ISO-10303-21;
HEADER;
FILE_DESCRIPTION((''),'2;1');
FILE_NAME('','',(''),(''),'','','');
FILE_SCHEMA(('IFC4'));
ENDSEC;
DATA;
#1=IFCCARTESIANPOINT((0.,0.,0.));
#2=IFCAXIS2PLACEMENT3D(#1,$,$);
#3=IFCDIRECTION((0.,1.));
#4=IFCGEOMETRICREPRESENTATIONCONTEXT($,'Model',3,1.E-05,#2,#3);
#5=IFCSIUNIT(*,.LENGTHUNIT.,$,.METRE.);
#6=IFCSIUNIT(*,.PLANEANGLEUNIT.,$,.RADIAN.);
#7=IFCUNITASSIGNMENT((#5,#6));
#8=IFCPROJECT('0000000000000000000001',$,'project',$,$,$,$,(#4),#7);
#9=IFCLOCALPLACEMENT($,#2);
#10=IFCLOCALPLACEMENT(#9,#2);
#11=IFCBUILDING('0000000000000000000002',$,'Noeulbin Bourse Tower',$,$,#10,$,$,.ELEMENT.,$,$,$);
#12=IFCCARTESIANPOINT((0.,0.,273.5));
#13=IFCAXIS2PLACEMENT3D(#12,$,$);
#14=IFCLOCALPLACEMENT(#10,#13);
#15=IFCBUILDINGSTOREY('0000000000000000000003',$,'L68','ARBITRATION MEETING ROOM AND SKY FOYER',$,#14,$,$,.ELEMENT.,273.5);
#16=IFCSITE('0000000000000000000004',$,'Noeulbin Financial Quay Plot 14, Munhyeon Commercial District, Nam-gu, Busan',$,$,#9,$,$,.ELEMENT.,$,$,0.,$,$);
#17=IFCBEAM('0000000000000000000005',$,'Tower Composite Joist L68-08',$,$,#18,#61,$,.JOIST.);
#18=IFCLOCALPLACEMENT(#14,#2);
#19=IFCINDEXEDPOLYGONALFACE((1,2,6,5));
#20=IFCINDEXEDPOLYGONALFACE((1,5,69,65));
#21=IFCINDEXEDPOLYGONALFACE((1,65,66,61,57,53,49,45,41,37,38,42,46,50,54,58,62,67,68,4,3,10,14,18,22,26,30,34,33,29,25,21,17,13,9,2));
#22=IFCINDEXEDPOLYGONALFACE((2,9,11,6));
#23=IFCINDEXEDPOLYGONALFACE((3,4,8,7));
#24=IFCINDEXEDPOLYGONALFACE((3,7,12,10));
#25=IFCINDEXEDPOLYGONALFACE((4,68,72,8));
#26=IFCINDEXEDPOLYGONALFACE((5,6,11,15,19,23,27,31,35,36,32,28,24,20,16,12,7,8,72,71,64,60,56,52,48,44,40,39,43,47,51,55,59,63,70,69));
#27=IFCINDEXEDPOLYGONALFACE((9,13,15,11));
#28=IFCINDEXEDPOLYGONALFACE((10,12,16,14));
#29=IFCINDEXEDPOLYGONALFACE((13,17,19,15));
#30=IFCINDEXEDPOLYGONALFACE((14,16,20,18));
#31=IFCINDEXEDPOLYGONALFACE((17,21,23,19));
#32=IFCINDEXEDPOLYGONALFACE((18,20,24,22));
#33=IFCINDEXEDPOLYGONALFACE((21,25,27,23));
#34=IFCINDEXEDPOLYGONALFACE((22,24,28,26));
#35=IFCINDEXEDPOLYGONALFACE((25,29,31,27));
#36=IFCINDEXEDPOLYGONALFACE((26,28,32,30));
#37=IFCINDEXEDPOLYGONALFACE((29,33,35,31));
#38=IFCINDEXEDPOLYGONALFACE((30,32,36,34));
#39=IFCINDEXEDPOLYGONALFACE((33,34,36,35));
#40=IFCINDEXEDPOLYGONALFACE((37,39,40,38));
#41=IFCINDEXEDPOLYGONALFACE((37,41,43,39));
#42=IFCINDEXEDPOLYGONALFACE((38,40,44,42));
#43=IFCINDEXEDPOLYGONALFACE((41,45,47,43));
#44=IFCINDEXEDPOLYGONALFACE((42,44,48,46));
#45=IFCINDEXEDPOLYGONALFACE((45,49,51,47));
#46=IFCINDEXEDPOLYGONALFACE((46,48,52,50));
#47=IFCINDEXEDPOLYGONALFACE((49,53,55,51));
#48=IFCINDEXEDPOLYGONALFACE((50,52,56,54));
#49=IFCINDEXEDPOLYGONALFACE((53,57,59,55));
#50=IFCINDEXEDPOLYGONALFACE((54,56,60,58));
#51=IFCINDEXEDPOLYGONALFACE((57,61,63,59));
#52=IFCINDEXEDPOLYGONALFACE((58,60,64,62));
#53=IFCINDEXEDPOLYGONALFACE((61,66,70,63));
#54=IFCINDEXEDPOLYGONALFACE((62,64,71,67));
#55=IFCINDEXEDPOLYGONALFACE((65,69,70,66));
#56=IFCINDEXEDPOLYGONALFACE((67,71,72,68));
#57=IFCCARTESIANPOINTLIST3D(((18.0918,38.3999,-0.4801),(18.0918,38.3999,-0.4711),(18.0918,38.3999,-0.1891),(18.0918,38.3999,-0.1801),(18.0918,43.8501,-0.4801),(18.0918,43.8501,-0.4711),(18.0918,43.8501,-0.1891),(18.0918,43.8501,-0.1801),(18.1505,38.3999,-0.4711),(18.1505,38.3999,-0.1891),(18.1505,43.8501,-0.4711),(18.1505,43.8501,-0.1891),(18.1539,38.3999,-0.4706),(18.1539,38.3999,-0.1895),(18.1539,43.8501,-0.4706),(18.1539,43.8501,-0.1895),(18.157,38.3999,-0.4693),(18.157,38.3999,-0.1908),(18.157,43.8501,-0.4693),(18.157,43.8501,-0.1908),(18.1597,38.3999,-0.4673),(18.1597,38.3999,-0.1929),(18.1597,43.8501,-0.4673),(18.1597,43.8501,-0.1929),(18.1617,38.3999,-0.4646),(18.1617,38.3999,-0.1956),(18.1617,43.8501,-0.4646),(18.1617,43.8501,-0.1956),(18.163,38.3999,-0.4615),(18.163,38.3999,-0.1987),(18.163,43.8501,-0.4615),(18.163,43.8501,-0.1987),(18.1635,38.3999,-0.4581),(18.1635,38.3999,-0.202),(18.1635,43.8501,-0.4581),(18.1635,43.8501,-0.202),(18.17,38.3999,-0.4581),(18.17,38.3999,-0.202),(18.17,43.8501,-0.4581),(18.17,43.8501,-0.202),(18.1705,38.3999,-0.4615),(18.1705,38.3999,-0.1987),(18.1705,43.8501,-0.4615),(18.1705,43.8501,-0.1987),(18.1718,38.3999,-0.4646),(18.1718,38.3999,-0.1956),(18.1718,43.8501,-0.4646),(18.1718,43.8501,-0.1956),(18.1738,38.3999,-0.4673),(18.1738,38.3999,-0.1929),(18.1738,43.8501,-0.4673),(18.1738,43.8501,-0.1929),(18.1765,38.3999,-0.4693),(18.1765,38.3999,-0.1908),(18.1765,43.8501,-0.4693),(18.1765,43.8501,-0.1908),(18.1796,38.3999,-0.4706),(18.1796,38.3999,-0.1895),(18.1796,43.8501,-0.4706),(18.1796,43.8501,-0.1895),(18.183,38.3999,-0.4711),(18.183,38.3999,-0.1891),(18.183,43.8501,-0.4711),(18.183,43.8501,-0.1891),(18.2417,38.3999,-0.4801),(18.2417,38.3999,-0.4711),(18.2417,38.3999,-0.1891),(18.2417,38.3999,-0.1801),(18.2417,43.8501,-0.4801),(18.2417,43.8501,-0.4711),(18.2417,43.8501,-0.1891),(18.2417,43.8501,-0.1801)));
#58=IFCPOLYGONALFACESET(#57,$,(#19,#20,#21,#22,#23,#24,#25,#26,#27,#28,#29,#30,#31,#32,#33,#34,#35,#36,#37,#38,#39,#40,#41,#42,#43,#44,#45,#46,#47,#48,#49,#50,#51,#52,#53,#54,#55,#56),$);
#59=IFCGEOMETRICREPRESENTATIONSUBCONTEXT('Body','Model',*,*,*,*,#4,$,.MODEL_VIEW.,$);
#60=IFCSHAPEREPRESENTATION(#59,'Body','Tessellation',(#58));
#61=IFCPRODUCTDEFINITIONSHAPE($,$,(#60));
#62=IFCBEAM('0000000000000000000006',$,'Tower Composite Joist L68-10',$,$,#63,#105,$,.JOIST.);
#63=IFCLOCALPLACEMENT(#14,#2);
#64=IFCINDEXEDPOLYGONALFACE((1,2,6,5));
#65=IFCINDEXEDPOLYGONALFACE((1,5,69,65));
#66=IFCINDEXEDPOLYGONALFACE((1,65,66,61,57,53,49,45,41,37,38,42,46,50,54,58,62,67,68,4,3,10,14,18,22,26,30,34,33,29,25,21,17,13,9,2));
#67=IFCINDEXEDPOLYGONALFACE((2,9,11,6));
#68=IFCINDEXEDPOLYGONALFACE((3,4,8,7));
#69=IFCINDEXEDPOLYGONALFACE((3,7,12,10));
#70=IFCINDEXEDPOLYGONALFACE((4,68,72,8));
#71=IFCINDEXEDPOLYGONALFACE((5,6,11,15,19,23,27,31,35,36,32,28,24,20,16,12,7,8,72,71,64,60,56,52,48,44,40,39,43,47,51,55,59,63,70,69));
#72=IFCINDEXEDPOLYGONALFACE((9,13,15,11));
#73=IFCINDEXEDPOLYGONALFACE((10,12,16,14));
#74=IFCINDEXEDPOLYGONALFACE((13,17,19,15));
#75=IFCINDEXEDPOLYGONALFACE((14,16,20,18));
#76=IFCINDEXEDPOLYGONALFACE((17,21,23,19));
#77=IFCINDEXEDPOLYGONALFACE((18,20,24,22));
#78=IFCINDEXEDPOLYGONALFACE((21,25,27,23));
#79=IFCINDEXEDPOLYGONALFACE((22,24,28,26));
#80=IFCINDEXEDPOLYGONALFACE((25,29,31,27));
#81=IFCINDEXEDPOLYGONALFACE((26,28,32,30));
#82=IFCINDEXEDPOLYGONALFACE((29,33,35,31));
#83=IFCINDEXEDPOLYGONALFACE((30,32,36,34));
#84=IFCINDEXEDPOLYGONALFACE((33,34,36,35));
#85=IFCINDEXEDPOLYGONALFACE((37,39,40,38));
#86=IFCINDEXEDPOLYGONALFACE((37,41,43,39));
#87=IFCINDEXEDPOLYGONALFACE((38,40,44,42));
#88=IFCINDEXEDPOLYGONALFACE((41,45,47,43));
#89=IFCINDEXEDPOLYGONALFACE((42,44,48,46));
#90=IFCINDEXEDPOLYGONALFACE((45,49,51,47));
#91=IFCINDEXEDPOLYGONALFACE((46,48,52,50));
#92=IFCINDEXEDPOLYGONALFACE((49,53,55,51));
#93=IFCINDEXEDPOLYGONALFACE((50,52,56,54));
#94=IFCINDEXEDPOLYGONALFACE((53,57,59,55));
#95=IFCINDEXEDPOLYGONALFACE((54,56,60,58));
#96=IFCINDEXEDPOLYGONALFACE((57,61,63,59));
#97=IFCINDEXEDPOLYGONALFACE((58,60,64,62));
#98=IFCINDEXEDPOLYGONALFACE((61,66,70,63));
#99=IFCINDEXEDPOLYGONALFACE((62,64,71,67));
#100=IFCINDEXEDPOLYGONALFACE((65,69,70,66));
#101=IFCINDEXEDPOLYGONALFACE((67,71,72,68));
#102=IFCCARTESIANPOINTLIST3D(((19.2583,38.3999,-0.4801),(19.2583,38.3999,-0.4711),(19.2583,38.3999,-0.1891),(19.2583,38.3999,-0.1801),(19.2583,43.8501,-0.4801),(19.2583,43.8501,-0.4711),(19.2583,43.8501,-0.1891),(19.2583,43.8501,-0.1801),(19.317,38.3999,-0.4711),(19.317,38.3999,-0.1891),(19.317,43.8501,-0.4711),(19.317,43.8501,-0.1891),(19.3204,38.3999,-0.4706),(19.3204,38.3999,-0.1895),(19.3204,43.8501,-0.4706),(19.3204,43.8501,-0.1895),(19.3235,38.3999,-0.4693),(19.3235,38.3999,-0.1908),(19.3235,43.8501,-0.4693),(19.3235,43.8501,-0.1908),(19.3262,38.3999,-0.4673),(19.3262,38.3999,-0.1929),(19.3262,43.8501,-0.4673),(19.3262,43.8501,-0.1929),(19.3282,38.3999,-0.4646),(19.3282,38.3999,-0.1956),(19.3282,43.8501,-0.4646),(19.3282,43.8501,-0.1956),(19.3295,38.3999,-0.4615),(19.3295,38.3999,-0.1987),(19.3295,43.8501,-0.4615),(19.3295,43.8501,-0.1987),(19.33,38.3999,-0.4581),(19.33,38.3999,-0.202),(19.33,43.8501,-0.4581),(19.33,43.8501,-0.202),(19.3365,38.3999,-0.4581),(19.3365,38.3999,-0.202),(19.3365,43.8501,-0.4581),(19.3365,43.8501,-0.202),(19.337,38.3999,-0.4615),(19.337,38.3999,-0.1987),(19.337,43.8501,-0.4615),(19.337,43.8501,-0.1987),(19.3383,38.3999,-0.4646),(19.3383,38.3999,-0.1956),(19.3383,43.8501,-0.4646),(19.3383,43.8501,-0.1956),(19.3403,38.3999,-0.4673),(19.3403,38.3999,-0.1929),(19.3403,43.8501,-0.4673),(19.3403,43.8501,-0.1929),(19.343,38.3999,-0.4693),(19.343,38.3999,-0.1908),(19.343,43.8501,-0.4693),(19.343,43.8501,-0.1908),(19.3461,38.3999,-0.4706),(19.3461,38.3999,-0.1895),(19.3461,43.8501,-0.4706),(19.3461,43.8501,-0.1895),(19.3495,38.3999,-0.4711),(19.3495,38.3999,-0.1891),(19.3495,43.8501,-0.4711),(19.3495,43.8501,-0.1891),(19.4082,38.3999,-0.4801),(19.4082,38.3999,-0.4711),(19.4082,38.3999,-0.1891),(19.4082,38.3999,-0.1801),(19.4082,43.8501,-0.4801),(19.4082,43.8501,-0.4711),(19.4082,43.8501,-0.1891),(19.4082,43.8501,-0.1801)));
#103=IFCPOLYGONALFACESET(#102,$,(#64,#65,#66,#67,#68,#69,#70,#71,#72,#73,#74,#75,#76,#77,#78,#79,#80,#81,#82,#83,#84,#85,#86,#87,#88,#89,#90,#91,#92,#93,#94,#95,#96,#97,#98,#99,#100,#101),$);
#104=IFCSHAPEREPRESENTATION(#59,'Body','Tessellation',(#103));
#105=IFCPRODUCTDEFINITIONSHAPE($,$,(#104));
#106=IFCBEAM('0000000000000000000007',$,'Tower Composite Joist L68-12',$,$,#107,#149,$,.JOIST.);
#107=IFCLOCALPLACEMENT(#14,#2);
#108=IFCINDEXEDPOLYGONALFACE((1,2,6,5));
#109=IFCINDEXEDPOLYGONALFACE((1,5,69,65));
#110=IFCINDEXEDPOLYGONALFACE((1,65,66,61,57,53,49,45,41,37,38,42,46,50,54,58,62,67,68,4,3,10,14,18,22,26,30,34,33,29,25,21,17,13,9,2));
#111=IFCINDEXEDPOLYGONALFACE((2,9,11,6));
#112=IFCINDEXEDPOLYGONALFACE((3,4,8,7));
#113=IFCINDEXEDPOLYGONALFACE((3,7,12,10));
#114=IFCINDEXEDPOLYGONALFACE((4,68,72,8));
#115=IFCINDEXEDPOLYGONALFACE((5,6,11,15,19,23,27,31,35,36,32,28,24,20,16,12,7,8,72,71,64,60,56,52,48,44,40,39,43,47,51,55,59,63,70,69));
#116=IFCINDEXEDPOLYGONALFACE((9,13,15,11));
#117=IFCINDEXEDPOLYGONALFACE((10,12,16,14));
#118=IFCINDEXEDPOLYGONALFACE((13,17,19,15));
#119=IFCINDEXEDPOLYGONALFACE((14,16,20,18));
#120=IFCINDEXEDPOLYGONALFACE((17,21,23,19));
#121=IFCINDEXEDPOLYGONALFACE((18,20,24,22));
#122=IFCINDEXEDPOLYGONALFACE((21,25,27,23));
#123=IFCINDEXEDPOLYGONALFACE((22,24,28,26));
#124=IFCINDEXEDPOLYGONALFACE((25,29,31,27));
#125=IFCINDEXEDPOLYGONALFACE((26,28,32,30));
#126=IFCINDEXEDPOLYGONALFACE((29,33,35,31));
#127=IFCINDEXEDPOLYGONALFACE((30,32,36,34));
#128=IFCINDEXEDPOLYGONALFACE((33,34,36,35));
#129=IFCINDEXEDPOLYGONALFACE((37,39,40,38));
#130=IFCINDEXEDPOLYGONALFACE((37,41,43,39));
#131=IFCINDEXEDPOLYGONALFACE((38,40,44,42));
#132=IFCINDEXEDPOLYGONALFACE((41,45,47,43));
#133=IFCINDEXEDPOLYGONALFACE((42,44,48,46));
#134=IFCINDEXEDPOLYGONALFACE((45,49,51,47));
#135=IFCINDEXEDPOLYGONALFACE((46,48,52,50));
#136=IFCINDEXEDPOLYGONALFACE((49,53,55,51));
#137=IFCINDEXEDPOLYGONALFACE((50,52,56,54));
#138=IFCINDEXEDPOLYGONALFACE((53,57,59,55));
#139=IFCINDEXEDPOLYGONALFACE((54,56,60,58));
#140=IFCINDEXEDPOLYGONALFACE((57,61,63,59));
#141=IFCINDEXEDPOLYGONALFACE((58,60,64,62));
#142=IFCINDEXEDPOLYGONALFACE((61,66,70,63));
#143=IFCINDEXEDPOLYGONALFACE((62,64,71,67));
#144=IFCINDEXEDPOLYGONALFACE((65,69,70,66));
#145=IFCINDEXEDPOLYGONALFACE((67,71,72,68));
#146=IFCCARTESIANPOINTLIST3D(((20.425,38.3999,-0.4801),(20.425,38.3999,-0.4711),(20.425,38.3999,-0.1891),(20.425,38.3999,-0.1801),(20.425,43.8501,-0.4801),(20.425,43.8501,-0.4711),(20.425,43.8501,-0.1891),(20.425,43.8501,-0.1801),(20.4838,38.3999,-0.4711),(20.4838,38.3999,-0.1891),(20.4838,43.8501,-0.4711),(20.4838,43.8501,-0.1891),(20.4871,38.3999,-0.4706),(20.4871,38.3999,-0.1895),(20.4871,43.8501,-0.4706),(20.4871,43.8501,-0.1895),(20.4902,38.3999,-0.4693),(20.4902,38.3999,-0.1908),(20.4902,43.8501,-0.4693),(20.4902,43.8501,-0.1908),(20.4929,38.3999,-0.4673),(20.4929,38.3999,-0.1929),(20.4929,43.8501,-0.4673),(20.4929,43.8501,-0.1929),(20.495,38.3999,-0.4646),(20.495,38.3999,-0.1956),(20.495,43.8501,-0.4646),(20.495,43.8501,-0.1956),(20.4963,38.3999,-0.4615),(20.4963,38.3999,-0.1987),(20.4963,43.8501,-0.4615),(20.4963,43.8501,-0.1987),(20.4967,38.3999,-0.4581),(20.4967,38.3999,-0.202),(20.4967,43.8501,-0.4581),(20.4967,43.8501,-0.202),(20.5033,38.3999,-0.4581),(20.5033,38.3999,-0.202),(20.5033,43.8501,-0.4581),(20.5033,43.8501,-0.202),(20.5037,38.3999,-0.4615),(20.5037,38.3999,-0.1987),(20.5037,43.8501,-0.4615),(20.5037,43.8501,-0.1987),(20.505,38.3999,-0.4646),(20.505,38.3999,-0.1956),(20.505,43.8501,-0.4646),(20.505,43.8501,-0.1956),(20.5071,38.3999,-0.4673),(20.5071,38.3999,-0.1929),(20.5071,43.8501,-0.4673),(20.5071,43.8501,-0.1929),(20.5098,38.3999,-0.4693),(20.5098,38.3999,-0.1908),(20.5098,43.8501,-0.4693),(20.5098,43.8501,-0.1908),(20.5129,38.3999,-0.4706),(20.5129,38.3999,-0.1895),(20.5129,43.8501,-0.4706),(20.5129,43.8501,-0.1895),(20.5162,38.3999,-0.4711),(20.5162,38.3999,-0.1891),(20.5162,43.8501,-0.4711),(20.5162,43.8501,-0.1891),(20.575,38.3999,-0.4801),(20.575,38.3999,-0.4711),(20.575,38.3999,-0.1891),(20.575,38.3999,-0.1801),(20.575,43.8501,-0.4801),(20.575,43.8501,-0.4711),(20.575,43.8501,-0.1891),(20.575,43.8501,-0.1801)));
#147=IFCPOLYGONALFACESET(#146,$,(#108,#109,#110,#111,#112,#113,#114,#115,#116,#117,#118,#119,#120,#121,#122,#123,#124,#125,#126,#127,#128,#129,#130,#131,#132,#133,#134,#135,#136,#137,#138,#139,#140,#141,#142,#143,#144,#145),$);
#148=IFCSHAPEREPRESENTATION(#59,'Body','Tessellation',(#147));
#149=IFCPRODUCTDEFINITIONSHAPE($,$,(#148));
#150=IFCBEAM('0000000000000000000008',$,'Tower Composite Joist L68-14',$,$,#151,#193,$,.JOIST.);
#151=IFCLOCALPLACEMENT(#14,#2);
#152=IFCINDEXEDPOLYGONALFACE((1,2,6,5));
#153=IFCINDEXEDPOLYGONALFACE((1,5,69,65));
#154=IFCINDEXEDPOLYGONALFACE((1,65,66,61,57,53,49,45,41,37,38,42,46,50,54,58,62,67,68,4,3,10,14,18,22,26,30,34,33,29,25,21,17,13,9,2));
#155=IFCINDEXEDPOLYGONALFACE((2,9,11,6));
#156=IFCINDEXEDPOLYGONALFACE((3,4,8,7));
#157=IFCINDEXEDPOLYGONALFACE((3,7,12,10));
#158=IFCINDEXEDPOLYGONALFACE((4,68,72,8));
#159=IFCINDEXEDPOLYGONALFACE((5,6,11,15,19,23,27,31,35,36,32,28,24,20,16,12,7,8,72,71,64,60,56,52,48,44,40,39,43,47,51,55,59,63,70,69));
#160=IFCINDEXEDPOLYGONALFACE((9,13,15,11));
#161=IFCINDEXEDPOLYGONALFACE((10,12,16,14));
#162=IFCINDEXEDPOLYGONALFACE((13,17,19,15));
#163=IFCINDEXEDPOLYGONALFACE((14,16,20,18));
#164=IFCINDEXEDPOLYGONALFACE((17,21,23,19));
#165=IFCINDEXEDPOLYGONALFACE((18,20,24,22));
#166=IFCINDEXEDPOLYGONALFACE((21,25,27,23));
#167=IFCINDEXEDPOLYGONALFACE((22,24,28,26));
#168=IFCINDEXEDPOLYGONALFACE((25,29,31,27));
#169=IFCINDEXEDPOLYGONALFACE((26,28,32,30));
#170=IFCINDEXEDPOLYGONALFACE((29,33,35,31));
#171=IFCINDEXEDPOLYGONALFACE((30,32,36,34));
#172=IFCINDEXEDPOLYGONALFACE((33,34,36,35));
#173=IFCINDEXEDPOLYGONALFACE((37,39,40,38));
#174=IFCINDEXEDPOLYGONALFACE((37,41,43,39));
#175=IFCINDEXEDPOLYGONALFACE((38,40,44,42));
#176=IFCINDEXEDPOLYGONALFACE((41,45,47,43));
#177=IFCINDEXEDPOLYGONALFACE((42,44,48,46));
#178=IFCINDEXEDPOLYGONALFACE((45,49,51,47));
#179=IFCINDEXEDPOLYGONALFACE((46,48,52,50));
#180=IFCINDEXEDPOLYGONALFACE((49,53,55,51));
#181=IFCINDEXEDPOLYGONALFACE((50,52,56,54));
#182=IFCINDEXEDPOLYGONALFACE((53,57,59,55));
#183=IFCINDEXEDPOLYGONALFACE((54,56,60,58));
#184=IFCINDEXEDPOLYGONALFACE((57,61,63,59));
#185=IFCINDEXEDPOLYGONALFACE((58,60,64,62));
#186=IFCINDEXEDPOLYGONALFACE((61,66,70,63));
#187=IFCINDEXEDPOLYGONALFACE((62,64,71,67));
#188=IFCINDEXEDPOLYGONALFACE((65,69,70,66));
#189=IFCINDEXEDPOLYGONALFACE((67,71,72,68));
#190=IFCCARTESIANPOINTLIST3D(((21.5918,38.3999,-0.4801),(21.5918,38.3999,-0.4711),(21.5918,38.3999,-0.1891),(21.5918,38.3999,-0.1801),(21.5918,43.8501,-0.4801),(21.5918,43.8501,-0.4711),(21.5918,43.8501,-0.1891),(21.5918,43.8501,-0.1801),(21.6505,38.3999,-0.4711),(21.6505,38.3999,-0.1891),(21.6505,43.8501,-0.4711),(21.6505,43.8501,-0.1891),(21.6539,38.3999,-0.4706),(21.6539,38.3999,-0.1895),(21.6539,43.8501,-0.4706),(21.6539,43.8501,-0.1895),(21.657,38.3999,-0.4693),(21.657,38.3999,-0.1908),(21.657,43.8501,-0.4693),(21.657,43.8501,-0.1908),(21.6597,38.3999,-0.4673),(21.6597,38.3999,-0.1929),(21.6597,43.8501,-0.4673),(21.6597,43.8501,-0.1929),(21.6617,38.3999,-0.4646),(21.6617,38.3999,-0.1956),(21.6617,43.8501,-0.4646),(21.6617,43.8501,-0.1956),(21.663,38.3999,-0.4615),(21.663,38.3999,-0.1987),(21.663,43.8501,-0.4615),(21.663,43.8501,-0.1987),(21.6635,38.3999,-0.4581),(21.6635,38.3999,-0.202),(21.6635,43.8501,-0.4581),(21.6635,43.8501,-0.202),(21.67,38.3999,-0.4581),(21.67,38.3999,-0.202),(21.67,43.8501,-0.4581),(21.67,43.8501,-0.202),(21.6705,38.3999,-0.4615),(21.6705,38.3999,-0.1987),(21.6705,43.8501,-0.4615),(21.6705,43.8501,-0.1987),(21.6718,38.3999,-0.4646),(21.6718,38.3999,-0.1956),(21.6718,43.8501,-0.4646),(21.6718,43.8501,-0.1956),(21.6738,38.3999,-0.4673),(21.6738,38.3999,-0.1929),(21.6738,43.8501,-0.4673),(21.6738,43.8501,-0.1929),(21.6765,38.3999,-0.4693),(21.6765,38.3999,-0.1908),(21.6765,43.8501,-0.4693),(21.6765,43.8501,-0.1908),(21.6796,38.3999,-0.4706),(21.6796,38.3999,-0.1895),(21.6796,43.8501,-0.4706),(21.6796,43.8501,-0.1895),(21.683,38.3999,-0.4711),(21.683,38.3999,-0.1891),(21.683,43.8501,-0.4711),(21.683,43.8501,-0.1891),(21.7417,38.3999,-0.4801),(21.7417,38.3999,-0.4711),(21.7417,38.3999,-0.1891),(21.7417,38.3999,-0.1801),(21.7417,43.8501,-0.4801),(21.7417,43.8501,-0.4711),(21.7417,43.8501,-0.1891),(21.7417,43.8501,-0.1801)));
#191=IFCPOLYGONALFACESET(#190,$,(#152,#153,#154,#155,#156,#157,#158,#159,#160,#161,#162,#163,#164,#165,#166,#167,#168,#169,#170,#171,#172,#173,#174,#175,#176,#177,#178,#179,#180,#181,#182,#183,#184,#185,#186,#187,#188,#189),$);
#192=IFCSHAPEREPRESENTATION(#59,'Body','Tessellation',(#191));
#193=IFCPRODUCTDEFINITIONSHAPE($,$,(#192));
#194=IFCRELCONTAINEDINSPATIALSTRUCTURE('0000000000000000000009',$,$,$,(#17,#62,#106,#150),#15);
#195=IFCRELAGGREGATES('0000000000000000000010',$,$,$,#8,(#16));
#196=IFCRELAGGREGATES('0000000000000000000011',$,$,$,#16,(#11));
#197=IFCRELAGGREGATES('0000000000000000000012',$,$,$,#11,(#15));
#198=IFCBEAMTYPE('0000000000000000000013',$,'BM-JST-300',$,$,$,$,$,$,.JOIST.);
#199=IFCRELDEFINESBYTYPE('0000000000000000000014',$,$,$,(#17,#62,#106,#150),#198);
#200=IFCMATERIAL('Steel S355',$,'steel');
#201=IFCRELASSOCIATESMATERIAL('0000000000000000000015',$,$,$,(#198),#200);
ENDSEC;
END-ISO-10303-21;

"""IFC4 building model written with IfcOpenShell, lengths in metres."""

from ifc_helpers import new_model, si_unit, direction, frame, origin, origin_2d, place, context, subcontext, project, spatial, i_section, extrude, material, material_profile, profile_set, type_object, element, save


model = new_model("IFC4")

# Units and contexts
model_context = context("Model", 3, precision=1e-05, world=origin(), true_north=direction((0.0, 1.0)))
body_context = subcontext(model_context, "Body", "Model", "MODEL_VIEW")
ifc_project = project(units=[si_unit("LENGTHUNIT", "METRE"), si_unit("PLANEANGLEUNIT", "RADIAN")], contexts=[model_context])

# Site, building, storey
site_placement = place(None, origin())
site = spatial("IfcSite", under=ifc_project, at=site_placement, Name="Noeulbin Financial Quay Plot 14, Munhyeon Commercial District, Nam-gu, Busan", CompositionType="ELEMENT", RefElevation=0.0)
building_placement = place(site_placement, origin())
building = spatial("IfcBuilding", under=site, at=building_placement, Name="Noeulbin Bourse Tower", CompositionType="ELEMENT")
storey_placement = place(building_placement, frame((0.0, 0.0, 273.5)))
storey = spatial("IfcBuildingStorey", under=building, at=storey_placement, Name="L68", Description="ARBITRATION MEETING ROOM AND SKY FOYER", CompositionType="ELEMENT", Elevation=273.5)

# Shared definitions
ifc_material_1 = material(Name="Steel S355", Category="steel")

# Beams
ifc_material_profile_1 = material_profile(ifc_material_1, i_section(OverallWidth=0.1499, OverallDepth=0.3, WebThickness=0.0066, FlangeThickness=0.009, FilletRadius=0.0129, at=origin_2d()), Name="H-300x150x6.5x9", Category="LoadBearing")
ifc_profile_set_1 = profile_set([ifc_material_profile_1], Name="Steel S355")
beam_type_1 = type_object("IfcBeamType", Name="BM-JST-300", PredefinedType="JOIST", material=ifc_profile_set_1)
for number, where, z_axis, x_axis, name in (
    (1, (18.1667, 38.3999, -0.3301), (0.0, 1.0, 0.0), (-1.0, 0.0, 0.0), "Tower Composite Joist L68-08"),
    (2, (19.3333, 38.3999, -0.3301), (0.0, 1.0, 0.0), (-1.0, 0.0, 0.0), "Tower Composite Joist L68-10"),
    (3, (20.5, 38.3999, -0.3301), (0.0, 1.0, 0.0), (-1.0, 0.0, 0.0), "Tower Composite Joist L68-12"),
    (4, (21.6667, 38.3999, -0.3301), (0.0, 1.0, 0.0), (-1.0, 0.0, 0.0), "Tower Composite Joist L68-14"),
):
    element("IfcBeam", number, at=place(storey_placement, frame(where, z_axis=z_axis, x_axis=x_axis)), inside=storey, type_object=beam_type_1, Name=name, PredefinedType="JOIST", context=body_context, shape_type="SweptSolid", body=[
        extrude(i_section(OverallWidth=0.1499, OverallDepth=0.3, WebThickness=0.0066, FlangeThickness=0.009, FilletRadius=0.0129, at=origin_2d()), origin(), (0.0, 0.0, 1.0), 5.4502),
    ])

save(model, "model.ifc")
